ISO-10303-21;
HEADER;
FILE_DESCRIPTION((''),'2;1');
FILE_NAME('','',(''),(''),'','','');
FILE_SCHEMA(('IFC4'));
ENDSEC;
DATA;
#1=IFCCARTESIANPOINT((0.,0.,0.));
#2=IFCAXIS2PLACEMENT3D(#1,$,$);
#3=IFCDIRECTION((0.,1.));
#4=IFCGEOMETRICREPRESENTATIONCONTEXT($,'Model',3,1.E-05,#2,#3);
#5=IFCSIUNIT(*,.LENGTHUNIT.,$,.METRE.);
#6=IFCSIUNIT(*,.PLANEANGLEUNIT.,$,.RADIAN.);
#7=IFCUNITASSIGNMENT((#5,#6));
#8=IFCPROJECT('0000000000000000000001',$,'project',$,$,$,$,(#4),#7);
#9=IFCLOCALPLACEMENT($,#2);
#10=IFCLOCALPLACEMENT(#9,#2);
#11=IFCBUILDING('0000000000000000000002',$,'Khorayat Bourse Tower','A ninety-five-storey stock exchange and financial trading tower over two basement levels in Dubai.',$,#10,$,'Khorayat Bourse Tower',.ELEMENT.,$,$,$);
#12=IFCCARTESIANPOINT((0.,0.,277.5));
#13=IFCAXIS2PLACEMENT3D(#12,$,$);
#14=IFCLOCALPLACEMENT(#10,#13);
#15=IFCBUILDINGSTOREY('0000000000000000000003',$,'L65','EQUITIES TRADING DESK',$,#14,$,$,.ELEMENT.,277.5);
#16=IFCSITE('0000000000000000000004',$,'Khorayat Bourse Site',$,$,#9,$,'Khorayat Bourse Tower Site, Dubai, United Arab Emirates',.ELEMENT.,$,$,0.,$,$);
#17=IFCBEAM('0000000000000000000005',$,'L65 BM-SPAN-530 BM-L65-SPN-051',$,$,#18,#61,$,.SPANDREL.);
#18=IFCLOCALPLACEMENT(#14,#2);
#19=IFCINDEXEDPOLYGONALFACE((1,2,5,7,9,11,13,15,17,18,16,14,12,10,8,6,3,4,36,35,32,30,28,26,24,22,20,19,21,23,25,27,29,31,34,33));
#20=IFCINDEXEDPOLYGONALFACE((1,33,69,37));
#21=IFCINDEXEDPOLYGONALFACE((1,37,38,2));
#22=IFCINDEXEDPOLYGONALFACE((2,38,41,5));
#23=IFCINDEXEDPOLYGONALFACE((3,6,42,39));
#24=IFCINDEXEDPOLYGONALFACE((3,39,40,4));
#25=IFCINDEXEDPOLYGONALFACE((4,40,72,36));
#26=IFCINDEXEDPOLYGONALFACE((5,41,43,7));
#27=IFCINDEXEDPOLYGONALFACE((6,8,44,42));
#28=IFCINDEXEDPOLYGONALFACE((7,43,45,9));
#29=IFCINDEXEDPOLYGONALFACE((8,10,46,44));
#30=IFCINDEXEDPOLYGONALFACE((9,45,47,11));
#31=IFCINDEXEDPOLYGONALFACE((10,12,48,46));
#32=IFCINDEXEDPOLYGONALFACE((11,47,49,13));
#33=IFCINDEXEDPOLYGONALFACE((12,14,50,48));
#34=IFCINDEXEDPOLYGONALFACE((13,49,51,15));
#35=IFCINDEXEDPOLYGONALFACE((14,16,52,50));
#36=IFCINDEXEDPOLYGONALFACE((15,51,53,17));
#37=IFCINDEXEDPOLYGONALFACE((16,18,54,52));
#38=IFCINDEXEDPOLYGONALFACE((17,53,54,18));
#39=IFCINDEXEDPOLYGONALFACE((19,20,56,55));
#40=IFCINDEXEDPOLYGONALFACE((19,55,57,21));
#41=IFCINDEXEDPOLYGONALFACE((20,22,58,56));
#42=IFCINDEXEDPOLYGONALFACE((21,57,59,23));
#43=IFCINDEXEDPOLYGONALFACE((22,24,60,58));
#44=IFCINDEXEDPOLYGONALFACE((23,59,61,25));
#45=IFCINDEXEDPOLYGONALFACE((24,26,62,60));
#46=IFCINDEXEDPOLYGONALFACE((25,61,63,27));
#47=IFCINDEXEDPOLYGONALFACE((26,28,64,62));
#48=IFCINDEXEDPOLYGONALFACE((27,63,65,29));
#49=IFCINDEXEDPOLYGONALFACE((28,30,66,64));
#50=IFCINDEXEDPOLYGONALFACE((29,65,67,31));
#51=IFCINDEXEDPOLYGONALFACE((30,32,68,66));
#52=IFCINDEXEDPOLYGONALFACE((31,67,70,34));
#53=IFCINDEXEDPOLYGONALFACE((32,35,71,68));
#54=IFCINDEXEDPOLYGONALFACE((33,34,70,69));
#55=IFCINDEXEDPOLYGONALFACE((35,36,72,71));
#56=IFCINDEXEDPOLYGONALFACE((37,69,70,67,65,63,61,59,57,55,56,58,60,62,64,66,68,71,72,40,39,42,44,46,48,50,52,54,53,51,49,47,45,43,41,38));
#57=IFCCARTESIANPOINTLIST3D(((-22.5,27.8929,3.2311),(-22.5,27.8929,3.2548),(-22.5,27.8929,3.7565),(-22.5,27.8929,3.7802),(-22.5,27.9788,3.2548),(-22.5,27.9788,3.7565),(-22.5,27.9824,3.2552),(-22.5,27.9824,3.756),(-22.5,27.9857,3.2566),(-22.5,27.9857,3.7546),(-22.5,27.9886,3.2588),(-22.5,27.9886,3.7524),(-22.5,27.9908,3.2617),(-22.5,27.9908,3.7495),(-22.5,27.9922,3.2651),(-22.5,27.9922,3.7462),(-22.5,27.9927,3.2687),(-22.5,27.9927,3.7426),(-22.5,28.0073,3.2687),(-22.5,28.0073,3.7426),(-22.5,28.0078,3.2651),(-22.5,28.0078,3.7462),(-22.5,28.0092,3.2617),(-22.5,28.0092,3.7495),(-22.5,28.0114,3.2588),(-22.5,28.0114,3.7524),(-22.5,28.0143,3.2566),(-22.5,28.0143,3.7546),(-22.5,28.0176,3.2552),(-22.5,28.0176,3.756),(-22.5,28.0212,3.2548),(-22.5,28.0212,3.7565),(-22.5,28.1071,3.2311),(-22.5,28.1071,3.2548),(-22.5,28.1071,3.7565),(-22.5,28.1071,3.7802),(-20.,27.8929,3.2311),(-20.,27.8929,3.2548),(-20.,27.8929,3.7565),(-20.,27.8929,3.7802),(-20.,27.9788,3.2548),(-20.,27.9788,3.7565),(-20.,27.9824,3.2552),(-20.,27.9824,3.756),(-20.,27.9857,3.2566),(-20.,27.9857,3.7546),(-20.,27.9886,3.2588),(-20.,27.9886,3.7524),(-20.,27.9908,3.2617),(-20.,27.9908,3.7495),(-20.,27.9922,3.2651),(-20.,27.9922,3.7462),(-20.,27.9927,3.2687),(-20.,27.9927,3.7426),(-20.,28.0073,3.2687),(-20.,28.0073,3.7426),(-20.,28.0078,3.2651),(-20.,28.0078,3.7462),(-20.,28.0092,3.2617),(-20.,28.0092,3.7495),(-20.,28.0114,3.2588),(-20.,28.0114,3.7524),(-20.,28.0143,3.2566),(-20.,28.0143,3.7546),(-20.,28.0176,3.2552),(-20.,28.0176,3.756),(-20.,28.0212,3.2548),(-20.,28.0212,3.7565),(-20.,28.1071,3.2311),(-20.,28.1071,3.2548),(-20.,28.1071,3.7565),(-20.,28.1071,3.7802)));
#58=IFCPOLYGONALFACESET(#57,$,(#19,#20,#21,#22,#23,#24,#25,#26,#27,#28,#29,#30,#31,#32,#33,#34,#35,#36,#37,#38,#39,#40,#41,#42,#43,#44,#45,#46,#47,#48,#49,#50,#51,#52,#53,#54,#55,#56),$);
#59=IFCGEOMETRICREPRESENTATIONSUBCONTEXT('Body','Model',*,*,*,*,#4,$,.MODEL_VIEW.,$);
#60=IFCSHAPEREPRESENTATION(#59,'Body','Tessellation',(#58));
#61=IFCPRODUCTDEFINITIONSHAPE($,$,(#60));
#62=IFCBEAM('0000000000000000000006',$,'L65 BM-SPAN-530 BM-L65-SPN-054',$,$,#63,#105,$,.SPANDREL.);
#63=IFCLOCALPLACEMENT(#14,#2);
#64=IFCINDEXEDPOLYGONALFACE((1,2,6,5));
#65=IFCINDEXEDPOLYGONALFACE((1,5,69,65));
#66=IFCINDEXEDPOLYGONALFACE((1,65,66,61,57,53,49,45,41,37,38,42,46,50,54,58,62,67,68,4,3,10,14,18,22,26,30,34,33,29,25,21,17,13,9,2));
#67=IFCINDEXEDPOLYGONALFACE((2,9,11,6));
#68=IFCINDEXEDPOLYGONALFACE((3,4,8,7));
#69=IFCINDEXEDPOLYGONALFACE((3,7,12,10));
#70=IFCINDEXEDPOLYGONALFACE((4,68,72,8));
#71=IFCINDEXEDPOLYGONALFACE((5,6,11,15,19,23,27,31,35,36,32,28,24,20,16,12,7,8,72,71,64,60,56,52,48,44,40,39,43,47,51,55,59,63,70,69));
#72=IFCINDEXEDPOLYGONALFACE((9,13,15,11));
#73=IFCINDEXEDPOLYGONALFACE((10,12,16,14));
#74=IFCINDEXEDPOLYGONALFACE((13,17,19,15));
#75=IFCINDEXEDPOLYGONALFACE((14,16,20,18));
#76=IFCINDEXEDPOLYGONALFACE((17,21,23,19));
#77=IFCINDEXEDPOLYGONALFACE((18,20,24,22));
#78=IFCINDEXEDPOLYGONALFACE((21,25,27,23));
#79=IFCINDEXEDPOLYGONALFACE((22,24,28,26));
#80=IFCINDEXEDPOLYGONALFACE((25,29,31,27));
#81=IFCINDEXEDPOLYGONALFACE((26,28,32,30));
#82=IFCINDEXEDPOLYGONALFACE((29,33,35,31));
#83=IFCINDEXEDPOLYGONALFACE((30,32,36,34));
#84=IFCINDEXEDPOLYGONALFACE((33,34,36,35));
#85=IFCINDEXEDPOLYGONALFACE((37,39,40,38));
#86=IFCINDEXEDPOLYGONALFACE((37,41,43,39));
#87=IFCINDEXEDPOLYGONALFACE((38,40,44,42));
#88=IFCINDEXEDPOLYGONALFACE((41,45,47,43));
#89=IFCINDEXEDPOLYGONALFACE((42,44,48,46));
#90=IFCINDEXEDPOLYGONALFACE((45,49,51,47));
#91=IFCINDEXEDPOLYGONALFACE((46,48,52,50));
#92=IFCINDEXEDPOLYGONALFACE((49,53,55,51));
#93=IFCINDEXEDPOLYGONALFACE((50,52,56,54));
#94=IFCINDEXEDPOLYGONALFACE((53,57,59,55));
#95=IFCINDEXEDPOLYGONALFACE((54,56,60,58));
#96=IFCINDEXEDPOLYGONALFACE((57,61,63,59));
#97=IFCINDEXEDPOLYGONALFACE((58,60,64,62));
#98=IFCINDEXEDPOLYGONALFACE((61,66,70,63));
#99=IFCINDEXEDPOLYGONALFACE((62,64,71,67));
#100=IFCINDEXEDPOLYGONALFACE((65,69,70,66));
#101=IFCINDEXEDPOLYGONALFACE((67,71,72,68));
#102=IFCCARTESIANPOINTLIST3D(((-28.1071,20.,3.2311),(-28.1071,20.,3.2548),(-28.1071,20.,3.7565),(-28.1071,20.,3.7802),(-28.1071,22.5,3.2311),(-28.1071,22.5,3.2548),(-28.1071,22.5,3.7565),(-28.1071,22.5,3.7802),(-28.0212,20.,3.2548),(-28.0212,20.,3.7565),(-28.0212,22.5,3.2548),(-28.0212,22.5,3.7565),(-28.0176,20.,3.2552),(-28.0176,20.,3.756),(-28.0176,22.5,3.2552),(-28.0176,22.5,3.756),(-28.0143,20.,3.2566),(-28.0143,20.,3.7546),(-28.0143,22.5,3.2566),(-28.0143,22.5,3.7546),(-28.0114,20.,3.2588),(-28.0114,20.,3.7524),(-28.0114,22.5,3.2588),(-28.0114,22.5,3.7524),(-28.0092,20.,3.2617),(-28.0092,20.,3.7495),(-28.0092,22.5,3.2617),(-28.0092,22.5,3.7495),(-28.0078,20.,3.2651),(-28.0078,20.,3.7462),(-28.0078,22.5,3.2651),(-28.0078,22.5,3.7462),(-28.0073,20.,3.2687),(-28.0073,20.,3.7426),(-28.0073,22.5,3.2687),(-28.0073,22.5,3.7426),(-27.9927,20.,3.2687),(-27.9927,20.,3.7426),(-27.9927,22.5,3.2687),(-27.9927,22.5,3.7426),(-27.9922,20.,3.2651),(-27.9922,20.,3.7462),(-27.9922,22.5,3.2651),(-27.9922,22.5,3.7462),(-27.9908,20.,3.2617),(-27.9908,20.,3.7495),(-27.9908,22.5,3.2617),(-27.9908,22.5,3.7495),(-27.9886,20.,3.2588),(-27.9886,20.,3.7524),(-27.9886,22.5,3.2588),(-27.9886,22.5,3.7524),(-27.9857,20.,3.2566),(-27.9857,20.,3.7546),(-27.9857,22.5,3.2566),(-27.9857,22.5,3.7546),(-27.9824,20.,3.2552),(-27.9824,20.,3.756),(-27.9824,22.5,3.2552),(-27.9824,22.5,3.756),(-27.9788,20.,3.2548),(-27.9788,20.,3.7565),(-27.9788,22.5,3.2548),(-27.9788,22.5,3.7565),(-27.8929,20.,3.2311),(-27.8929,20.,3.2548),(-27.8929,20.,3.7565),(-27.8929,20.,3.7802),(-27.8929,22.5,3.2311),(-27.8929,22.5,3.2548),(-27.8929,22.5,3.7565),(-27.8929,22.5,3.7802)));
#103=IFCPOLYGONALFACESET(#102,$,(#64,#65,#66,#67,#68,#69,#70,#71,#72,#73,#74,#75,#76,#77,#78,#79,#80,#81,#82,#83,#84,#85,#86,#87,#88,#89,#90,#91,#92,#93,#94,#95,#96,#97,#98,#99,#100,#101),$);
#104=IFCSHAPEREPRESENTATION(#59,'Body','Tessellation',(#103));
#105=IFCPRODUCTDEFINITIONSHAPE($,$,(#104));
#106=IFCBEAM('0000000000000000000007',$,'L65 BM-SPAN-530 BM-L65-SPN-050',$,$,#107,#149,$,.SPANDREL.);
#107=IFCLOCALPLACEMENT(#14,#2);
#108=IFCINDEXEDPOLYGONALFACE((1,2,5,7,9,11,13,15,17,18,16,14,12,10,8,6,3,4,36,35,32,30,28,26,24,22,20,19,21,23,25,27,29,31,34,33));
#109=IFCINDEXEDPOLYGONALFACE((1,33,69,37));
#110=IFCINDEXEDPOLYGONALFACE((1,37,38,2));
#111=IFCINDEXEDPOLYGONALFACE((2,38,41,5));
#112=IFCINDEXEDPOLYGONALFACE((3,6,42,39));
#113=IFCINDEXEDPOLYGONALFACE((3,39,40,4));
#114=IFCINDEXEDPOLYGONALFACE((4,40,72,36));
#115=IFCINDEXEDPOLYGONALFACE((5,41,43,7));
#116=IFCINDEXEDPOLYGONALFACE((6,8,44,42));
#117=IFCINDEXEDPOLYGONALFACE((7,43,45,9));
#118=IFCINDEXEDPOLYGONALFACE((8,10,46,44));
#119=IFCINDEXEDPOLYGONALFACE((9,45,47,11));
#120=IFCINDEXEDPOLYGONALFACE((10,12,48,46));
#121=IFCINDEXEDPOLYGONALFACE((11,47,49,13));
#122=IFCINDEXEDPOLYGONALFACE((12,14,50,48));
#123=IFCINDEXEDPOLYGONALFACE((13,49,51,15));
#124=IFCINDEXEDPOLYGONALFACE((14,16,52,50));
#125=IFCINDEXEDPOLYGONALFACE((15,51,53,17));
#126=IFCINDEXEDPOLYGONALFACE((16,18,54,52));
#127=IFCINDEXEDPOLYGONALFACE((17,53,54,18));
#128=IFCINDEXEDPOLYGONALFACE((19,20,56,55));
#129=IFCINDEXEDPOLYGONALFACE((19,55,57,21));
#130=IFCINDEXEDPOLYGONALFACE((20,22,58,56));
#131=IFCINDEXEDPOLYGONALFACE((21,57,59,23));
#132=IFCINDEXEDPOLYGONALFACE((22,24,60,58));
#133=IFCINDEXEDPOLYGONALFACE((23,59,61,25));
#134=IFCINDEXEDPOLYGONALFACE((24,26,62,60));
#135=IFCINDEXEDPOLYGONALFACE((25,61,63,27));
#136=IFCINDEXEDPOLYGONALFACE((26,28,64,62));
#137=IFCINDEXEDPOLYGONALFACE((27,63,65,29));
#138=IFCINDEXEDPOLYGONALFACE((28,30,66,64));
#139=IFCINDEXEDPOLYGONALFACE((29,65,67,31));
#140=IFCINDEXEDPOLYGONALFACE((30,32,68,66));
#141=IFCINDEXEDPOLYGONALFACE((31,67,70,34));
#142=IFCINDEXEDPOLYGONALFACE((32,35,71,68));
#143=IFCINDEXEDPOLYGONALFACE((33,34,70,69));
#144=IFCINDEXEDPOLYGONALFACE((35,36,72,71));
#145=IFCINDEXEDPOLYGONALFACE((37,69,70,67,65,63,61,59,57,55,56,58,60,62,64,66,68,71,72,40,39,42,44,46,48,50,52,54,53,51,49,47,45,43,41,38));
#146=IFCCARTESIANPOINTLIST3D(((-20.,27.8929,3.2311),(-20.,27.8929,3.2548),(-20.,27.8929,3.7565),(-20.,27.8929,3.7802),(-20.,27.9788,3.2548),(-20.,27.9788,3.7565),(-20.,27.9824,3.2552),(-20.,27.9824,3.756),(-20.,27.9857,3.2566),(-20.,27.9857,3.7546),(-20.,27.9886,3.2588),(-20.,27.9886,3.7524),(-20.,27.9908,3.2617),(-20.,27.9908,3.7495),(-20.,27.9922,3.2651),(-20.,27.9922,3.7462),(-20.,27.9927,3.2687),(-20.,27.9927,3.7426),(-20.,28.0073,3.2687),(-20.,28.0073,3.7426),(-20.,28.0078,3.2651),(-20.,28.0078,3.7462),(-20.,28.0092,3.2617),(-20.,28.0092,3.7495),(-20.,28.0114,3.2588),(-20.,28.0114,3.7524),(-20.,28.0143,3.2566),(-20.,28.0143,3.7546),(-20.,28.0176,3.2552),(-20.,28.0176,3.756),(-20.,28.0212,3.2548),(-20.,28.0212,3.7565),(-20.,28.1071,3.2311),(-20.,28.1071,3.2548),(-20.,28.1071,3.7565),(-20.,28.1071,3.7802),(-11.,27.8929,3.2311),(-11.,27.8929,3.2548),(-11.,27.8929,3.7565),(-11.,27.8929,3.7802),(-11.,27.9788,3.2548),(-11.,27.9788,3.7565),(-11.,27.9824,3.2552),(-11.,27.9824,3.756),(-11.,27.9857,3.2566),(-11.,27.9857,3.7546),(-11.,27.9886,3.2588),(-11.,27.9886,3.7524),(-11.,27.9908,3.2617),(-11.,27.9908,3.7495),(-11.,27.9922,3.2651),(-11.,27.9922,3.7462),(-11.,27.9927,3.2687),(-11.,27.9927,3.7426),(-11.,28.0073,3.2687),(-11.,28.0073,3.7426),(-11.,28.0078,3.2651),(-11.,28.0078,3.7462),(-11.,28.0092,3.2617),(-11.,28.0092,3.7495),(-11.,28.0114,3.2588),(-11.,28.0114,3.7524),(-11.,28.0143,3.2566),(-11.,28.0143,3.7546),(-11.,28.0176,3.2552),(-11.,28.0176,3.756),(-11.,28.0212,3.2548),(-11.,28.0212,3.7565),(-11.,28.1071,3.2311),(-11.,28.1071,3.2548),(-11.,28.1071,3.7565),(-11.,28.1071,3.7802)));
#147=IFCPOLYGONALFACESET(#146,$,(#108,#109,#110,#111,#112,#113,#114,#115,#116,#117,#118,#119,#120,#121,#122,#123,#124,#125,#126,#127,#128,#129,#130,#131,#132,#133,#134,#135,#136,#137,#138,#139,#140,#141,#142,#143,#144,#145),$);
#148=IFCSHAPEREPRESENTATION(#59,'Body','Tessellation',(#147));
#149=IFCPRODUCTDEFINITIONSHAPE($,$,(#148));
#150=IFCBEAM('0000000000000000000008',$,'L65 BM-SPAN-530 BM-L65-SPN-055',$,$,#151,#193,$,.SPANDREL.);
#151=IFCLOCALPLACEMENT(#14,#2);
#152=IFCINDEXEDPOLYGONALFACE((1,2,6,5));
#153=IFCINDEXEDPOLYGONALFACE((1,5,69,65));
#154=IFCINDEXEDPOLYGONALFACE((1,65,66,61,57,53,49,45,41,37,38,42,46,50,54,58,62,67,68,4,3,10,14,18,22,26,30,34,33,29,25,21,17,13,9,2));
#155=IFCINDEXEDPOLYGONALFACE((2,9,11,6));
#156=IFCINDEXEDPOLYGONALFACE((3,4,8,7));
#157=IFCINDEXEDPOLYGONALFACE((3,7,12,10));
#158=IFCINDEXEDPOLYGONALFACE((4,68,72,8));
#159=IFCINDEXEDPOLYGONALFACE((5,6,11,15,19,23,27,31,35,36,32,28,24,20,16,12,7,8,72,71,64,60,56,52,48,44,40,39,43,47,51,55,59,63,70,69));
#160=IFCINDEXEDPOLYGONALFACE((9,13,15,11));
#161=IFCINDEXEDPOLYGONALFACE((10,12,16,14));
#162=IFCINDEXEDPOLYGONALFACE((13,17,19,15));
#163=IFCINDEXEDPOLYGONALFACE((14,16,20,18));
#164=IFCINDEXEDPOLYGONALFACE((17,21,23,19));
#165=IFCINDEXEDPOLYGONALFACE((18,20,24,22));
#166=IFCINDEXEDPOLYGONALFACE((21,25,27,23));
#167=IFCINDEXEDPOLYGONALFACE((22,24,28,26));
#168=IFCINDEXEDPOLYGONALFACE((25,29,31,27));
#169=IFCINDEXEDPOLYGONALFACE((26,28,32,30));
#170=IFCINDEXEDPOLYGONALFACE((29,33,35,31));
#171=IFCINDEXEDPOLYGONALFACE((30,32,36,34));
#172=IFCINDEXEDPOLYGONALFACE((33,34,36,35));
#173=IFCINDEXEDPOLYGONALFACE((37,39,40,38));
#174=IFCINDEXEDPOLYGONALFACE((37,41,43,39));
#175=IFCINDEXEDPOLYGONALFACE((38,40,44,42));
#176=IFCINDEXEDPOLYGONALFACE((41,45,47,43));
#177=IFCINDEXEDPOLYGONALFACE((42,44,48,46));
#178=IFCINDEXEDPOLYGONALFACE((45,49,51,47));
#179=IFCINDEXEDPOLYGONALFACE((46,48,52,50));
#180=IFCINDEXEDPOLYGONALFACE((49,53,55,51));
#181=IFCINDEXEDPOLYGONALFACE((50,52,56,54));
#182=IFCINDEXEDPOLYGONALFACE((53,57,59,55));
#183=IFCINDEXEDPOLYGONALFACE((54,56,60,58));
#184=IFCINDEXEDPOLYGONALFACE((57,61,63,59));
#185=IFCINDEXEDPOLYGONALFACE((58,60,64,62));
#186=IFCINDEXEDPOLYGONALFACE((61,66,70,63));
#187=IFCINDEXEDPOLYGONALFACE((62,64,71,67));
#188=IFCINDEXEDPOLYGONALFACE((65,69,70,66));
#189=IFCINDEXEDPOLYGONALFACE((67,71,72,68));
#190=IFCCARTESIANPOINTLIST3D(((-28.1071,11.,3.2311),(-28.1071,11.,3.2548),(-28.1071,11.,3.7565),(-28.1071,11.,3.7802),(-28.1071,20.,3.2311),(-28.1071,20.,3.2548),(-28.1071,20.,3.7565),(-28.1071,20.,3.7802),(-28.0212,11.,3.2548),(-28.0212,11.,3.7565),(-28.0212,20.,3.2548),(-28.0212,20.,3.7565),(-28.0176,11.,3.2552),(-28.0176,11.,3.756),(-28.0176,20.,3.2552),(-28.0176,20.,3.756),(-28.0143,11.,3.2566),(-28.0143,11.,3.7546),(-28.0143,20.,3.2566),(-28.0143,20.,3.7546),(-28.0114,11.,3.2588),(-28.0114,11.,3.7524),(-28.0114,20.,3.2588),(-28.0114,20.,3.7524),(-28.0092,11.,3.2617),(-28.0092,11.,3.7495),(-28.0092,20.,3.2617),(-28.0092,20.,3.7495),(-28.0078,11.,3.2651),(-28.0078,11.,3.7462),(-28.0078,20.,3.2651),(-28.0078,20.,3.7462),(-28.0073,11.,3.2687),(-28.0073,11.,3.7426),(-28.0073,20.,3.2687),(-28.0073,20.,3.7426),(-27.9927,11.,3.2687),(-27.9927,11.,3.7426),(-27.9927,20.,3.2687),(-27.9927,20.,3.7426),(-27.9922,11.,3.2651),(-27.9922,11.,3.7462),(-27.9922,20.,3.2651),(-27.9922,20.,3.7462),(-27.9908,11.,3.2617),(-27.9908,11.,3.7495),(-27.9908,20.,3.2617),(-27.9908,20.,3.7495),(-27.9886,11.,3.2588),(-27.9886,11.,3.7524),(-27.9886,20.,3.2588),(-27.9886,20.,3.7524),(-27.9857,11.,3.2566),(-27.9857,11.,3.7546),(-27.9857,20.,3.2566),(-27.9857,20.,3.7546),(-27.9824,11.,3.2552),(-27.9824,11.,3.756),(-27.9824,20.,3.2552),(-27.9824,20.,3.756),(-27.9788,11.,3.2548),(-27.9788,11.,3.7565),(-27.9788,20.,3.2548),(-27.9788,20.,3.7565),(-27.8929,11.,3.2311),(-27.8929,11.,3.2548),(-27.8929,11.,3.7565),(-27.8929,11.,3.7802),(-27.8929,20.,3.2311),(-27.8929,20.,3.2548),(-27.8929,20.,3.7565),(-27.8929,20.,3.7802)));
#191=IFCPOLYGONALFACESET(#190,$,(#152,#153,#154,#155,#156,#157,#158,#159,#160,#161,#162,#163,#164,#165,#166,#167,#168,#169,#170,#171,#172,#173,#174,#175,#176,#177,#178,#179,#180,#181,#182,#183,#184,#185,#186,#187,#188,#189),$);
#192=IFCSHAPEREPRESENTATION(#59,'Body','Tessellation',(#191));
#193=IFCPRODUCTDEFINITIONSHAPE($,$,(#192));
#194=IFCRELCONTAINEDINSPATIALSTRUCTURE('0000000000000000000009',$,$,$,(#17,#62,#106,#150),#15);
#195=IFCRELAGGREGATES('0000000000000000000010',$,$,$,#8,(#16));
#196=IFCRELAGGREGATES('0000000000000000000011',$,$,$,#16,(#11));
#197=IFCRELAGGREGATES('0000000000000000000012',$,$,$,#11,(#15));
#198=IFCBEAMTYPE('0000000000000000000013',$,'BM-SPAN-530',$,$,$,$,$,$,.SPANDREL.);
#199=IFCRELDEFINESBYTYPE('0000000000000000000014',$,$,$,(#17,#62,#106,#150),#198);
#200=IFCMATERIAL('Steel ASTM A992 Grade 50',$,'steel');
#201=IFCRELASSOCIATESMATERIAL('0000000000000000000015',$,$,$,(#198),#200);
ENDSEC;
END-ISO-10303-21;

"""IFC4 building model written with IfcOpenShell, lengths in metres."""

from ifc_helpers import new_model, si_unit, direction, frame, origin, origin_2d, place, context, subcontext, project, spatial, i_section, extrude, source, transform, mapped, material, material_profile, profile_set, type_object, element, save


model = new_model("IFC4")

# Units and contexts
model_context = context("Model", 3, precision=1e-05, world=origin(), true_north=direction((0.0, 1.0)))
body_context = subcontext(model_context, "Body", "Model", "MODEL_VIEW")
ifc_project = project(units=[si_unit("LENGTHUNIT", "METRE"), si_unit("PLANEANGLEUNIT", "RADIAN")], contexts=[model_context])

# Site, building, storey
site_placement = place(None, origin())
site = spatial("IfcSite", under=ifc_project, at=site_placement, Name="Khorayat Bourse Site", LongName="Khorayat Bourse Tower Site, Dubai, United Arab Emirates", CompositionType="ELEMENT", RefElevation=0.0)
building_placement = place(site_placement, origin())
building = spatial("IfcBuilding", under=site, at=building_placement, Name="Khorayat Bourse Tower", Description="A ninety-five-storey stock exchange and financial trading tower over two basement levels in Dubai.", LongName="Khorayat Bourse Tower", CompositionType="ELEMENT")
storey_placement = place(building_placement, frame((0.0, 0.0, 277.5)))
storey = spatial("IfcBuildingStorey", under=building, at=storey_placement, Name="L65", Description="EQUITIES TRADING DESK", CompositionType="ELEMENT", Elevation=277.5)

# Beams
ifc_material_1 = material(Name="Steel ASTM A992 Grade 50", Category="steel")
ifc_material_profile_1 = material_profile(ifc_material_1, i_section(OverallWidth=0.2141, OverallDepth=0.5491, WebThickness=0.0146, FlangeThickness=0.0237, FilletRadius=0.0139, at=origin_2d()), Name="W530X138")
ifc_profile_set_1 = profile_set([ifc_material_profile_1], Name="Steel ASTM A992 Grade 50")
beam_type_1 = type_object("IfcBeamType", Name="BM-SPAN-530", PredefinedType="SPANDREL", material=ifc_profile_set_1)
shared_shape_1 = source(origin(), body_context, "Body", "SweptSolid", [
    extrude(i_section(OverallWidth=0.2141, OverallDepth=0.5491, WebThickness=0.0146, FlangeThickness=0.0237, FilletRadius=0.0139, at=origin_2d()), origin(), (0.0, 0.0, 1.0), 2.5),
])
for number, where, z_axis, x_axis, name in (
    (1, (-22.5, 28.0, 3.5056), (1.0, 0.0, 0.0), (0.0, 1.0, 0.0), "L65 BM-SPAN-530 BM-L65-SPN-051"),
    (2, (-28.0, 20.0, 3.5056), (0.0, 1.0, 0.0), (-1.0, 0.0, 0.0), "L65 BM-SPAN-530 BM-L65-SPN-054"),
):
    element("IfcBeam", number, at=place(storey_placement, frame(where, z_axis=z_axis, x_axis=x_axis)), inside=storey, type_object=beam_type_1, Name=name, PredefinedType="SPANDREL", context=body_context, shape_type="MappedRepresentation", body=[
        mapped(shared_shape_1, transform((0.0, 0.0, 0.0), scale=1.0)),
    ])
shared_shape_2 = source(origin(), body_context, "Body", "SweptSolid", [
    extrude(i_section(OverallWidth=0.2141, OverallDepth=0.5491, WebThickness=0.0146, FlangeThickness=0.0237, FilletRadius=0.0139, at=origin_2d()), origin(), (0.0, 0.0, 1.0), 9.0),
])
for number, where, z_axis, x_axis, name in (
    (3, (-20.0, 28.0, 3.5056), (1.0, 0.0, 0.0), (0.0, 1.0, 0.0), "L65 BM-SPAN-530 BM-L65-SPN-050"),
    (4, (-28.0, 11.0, 3.5056), (0.0, 1.0, 0.0), (-1.0, 0.0, 0.0), "L65 BM-SPAN-530 BM-L65-SPN-055"),
):
    element("IfcBeam", number, at=place(storey_placement, frame(where, z_axis=z_axis, x_axis=x_axis)), inside=storey, type_object=beam_type_1, Name=name, PredefinedType="SPANDREL", context=body_context, shape_type="MappedRepresentation", body=[
        mapped(shared_shape_2, transform((0.0, 0.0, 0.0), scale=1.0)),
    ])

save(model, "model.ifc")
